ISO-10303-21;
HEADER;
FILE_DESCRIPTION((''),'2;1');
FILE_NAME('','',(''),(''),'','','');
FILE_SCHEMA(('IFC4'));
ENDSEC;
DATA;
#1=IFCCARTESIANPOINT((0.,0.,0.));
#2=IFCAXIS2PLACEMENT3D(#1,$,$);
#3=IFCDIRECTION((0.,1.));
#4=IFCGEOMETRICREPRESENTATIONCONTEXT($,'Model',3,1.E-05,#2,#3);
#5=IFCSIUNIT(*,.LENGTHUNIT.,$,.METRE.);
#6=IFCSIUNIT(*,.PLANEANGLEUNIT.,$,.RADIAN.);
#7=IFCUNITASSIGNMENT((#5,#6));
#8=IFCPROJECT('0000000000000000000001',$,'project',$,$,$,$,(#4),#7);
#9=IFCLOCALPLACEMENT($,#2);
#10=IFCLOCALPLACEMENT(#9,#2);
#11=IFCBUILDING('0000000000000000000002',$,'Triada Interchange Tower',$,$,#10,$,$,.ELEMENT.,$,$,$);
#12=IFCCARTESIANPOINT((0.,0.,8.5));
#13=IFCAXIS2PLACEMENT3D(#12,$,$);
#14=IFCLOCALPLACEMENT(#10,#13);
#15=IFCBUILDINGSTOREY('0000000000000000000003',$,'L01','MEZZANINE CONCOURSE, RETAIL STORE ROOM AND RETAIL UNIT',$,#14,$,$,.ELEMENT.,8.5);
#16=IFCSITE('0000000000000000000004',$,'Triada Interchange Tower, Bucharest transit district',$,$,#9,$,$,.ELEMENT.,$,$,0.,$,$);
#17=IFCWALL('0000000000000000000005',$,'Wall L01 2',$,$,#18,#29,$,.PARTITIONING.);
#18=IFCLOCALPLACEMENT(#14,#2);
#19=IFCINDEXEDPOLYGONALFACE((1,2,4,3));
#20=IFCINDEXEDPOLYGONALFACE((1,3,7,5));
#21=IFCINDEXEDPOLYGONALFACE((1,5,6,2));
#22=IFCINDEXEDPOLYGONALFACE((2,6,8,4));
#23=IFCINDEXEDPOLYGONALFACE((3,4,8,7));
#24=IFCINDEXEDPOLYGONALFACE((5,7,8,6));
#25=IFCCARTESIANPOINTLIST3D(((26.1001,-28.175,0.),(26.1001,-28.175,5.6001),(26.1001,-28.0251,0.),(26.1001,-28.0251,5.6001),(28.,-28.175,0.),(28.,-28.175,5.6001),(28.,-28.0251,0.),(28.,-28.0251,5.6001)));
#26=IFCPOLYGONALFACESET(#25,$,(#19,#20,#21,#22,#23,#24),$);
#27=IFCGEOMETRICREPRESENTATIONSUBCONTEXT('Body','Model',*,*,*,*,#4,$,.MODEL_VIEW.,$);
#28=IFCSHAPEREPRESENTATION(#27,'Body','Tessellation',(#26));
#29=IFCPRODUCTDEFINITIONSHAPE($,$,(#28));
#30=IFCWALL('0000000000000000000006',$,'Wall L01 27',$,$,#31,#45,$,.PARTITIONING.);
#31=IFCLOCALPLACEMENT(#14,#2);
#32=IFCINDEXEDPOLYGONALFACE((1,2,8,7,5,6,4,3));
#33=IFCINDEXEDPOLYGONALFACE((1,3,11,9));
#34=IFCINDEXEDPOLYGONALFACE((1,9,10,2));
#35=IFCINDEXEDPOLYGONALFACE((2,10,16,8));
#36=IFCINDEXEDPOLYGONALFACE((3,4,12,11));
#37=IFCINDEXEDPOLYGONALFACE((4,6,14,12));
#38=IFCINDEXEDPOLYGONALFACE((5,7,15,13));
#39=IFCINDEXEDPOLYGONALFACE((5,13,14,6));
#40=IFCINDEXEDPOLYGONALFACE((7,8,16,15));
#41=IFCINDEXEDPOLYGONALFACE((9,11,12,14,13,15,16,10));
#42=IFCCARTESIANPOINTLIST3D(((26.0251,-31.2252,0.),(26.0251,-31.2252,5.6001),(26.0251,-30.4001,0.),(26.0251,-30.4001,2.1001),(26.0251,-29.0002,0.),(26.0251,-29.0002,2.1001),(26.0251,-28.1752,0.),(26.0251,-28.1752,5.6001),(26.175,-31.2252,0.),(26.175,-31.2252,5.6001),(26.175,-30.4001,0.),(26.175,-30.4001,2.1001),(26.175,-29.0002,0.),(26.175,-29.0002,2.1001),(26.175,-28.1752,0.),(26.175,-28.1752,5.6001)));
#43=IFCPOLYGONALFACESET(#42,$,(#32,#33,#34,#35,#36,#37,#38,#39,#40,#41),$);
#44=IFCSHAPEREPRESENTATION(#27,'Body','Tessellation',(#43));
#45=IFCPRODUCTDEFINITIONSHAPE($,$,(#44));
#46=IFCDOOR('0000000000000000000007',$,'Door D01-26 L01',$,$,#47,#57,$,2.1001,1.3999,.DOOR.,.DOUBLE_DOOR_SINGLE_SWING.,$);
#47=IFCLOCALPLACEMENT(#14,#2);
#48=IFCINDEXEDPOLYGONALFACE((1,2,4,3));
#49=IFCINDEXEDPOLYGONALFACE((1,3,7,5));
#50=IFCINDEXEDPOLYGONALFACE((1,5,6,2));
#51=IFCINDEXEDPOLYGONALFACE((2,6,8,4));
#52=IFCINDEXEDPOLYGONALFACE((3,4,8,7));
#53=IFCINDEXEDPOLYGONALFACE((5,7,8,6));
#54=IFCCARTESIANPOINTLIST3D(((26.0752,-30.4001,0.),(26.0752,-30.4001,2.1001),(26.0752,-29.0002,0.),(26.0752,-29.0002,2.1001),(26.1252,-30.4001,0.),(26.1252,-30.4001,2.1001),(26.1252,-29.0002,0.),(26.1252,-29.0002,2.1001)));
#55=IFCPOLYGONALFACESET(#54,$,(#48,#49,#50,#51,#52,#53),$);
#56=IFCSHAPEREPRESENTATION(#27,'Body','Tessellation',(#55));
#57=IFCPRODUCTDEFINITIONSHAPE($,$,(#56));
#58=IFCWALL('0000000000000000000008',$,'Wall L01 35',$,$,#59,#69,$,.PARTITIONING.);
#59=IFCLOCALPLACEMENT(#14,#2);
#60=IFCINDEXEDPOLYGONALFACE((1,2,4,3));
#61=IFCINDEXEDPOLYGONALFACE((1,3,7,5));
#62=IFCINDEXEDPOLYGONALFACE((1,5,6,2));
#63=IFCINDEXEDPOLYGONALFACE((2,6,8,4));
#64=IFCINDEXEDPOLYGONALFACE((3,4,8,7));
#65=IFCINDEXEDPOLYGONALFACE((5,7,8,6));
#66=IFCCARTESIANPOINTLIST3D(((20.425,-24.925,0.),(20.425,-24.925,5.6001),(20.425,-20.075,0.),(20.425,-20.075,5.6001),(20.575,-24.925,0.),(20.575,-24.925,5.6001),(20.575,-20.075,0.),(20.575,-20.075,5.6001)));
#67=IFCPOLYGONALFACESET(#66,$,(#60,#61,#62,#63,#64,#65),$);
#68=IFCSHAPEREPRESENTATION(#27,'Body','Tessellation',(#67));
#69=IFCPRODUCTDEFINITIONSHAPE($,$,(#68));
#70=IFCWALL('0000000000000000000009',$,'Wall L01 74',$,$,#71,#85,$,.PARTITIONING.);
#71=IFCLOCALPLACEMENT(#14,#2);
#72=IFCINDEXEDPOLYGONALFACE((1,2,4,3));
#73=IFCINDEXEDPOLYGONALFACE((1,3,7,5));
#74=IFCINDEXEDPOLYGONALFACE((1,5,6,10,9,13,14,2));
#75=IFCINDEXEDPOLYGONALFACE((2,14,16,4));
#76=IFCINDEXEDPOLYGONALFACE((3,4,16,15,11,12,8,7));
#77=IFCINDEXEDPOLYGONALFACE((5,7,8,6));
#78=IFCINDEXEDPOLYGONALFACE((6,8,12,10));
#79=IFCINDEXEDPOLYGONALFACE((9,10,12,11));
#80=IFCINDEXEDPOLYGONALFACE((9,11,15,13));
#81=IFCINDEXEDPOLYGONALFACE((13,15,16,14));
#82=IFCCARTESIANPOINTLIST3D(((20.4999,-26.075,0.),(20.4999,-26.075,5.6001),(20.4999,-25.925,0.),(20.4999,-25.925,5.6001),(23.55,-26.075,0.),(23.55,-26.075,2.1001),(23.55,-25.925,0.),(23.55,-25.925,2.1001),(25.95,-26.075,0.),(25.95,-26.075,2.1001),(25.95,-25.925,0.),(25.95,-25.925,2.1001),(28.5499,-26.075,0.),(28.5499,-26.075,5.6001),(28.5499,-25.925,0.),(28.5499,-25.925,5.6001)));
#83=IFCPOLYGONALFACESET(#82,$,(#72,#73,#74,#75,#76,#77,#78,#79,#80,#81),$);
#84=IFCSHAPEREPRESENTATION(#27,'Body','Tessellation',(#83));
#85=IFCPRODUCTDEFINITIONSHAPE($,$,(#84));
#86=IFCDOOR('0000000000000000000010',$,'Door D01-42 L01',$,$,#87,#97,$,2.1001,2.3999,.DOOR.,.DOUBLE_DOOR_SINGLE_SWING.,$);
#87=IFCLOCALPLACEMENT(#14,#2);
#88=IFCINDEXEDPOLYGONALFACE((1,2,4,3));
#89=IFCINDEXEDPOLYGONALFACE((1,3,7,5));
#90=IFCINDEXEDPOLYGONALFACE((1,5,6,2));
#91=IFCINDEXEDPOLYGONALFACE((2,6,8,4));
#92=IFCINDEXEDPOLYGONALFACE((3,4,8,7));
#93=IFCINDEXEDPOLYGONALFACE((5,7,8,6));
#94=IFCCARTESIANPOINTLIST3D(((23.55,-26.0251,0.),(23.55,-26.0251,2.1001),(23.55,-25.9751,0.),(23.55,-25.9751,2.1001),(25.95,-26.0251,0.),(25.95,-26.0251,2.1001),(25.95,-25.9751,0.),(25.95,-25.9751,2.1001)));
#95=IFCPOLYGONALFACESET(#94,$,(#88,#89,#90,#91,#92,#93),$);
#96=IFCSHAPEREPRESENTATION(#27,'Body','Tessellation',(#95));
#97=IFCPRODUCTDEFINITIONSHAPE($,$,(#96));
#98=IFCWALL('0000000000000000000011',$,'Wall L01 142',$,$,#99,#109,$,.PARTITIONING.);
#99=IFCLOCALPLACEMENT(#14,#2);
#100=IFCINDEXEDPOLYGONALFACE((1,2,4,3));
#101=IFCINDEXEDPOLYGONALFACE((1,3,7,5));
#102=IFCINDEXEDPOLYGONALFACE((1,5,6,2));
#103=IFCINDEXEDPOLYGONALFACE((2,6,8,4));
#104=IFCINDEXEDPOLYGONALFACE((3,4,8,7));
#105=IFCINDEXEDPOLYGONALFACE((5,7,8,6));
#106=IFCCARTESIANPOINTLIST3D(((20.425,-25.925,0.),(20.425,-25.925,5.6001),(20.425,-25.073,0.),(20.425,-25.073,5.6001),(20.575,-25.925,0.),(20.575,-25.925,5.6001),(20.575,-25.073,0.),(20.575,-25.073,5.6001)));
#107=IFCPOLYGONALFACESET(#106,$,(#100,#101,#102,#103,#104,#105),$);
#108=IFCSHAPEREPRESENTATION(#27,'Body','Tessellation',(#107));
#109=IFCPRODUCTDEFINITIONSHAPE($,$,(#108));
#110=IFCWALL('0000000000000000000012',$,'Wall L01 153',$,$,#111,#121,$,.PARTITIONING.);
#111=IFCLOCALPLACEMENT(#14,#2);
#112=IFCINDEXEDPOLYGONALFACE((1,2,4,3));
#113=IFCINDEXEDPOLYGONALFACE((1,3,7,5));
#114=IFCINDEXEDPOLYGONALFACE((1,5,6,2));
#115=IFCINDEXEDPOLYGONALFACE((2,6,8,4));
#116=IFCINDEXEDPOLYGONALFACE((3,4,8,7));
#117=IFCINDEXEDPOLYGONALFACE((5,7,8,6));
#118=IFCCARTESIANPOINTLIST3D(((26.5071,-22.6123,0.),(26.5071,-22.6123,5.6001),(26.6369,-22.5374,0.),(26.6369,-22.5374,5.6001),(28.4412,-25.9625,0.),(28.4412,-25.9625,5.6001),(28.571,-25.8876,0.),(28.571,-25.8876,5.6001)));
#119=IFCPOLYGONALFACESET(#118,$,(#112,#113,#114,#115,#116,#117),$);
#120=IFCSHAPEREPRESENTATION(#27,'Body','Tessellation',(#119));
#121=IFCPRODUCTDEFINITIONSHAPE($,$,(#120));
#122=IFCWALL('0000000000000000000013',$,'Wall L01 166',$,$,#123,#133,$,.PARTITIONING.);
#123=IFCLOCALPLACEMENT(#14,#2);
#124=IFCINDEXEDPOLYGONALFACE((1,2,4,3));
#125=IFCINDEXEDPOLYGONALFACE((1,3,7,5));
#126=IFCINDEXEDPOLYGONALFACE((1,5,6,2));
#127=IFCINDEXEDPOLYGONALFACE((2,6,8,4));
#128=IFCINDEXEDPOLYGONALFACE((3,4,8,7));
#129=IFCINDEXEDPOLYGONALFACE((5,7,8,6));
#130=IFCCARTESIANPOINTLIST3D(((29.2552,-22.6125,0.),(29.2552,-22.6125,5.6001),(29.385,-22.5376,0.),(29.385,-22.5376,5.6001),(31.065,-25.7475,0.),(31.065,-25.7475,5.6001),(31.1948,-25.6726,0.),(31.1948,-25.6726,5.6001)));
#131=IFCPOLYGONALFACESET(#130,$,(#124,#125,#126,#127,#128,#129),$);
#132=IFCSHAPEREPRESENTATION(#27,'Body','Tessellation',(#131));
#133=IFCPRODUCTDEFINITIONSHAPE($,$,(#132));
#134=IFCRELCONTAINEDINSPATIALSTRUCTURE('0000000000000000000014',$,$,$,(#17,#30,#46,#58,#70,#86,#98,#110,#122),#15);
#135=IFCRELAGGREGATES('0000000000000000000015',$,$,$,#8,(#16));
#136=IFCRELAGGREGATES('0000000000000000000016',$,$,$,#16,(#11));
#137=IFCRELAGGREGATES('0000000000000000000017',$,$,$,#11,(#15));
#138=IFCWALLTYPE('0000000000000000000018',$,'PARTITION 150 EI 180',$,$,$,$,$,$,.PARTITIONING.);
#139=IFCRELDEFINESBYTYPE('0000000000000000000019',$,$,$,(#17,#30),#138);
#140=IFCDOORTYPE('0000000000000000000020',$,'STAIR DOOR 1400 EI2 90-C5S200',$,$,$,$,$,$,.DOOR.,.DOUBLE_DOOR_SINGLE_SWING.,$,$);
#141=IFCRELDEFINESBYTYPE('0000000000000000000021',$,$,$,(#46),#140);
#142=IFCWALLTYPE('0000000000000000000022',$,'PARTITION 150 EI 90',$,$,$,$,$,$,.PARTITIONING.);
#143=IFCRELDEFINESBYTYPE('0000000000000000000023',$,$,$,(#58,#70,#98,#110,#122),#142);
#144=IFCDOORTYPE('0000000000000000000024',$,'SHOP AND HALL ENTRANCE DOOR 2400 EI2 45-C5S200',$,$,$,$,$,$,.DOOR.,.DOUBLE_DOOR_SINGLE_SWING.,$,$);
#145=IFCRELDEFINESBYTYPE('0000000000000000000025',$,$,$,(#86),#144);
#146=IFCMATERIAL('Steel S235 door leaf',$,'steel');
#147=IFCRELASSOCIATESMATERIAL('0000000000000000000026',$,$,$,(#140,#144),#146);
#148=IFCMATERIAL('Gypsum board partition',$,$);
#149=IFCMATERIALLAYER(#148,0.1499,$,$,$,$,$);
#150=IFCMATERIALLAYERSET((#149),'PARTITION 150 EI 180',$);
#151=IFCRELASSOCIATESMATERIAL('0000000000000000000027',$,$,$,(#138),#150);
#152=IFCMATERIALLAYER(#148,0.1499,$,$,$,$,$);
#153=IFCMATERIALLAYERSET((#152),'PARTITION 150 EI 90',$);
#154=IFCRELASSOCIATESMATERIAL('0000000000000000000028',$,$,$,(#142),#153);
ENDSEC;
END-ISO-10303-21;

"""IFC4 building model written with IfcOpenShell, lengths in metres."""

from ifc_helpers import new_model, si_unit, direction, frame, frame_2d, origin, place, context, subcontext, project, spatial, rectangle, extrude, material, layer, layer_set, type_object, element, fill, save


model = new_model("IFC4")

# Units and contexts
model_context = context("Model", 3, precision=1e-05, world=origin(), true_north=direction((0.0, 1.0)))
body_context = subcontext(model_context, "Body", "Model", "MODEL_VIEW")
ifc_project = project(units=[si_unit("LENGTHUNIT", "METRE"), si_unit("PLANEANGLEUNIT", "RADIAN")], contexts=[model_context])

# Site, building, storey
site_placement = place(None, origin())
site = spatial("IfcSite", under=ifc_project, at=site_placement, Name="Triada Interchange Tower, Bucharest transit district", CompositionType="ELEMENT", RefElevation=0.0)
building_placement = place(site_placement, origin())
building = spatial("IfcBuilding", under=site, at=building_placement, Name="Triada Interchange Tower", CompositionType="ELEMENT")
storey_placement = place(building_placement, frame((0.0, 0.0, 8.5)))
storey = spatial("IfcBuildingStorey", under=building, at=storey_placement, Name="L01", Description="MEZZANINE CONCOURSE, RETAIL STORE ROOM AND RETAIL UNIT", CompositionType="ELEMENT", Elevation=8.5)

# Shared definitions
ifc_material_1 = material(Name="Steel S235 door leaf", Category="steel")
door_type_1 = type_object("IfcDoorType", Name="STAIR DOOR 1400 EI2 90-C5S200", OperationType="DOUBLE_DOOR_SINGLE_SWING", PredefinedType="DOOR", material=ifc_material_1)

# Wall
ifc_material_2 = material(Name="Gypsum board partition")
ifc_layer_1 = layer(ifc_material_2, 0.1499)
ifc_layer_set_1 = layer_set([ifc_layer_1], Name="PARTITION 150 EI 180")
wall_type_1 = type_object("IfcWallType", Name="PARTITION 150 EI 180", PredefinedType="PARTITIONING", material=ifc_layer_set_1)
wall_1_placement = place(storey_placement, frame((26.1001, -28.1001, 0.0), z_axis=(0.0, 0.0, 1.0), x_axis=(1.0, 0.0, 0.0)))
element("IfcWall", 1, at=wall_1_placement, inside=storey, type_object=wall_type_1, Name="Wall L01 2", PredefinedType="PARTITIONING", context=body_context, shape_type="SweptSolid", body=[
    extrude(rectangle(XDim=1.8999, YDim=0.1499, at=frame_2d((0.95, 0.0))), origin(), (0.0, 0.0, 1.0), 5.6001),
])

# Wall, opening, door
wall_2_placement = place(storey_placement, frame((26.1001, -31.2251, 0.0), z_axis=(0.0, 0.0, 1.0), x_axis=(0.0, 1.0, 0.0)))
wall_2 = element("IfcWall", 2, at=wall_2_placement, inside=storey, type_object=wall_type_1, Name="Wall L01 27", PredefinedType="PARTITIONING", context=body_context, shape_type="SweptSolid", body=[
    extrude(rectangle(XDim=3.05, YDim=0.1499, at=frame_2d((1.5249, 0.0))), origin(), (0.0, 0.0, 1.0), 5.6001),
])
opening_1_placement = place(wall_2_placement, frame((0.825, 0.0, 0.0)))
opening_1 = element("IfcOpeningElement", 3, at=opening_1_placement, cuts=wall_2, PredefinedType="OPENING", context=body_context, shape_type="SweptSolid", body=[
    extrude(rectangle(XDim=1.3999, YDim=2.1001, at=frame_2d((0.7, 1.05))), frame((0.0, 0.085, 0.0), z_axis=(0.0, -1.0, 0.0), x_axis=(1.0, 0.0, 0.0)), (0.0, 0.0, 1.0), 0.1699),
])
door_1_placement = place(opening_1_placement, origin())
door_1 = element("IfcDoor", 4, at=door_1_placement, inside=storey, type_object=door_type_1, Name="Door D01-26 L01", OperationType="DOUBLE_DOOR_SINGLE_SWING", OverallHeight=2.1001, OverallWidth=1.3999, PredefinedType="DOOR", context=body_context, shape_type="SweptSolid", body=[
    extrude(rectangle(XDim=1.3999, YDim=2.1001, at=frame_2d((0.7, 1.05))), frame((0.0, 0.0249, 0.0), z_axis=(0.0, -1.0, 0.0), x_axis=(1.0, 0.0, 0.0)), (0.0, 0.0, 1.0), 0.05),
])
fill(opening_1, door_1)

# Wall
ifc_layer_2 = layer(ifc_material_2, 0.1499)
ifc_layer_set_2 = layer_set([ifc_layer_2], Name="PARTITION 150 EI 90")
wall_type_2 = type_object("IfcWallType", Name="PARTITION 150 EI 90", PredefinedType="PARTITIONING", material=ifc_layer_set_2)
wall_3_placement = place(storey_placement, frame((20.5, -24.925, 0.0), z_axis=(0.0, 0.0, 1.0), x_axis=(0.0, 1.0, 0.0)))
element("IfcWall", 5, at=wall_3_placement, inside=storey, type_object=wall_type_2, Name="Wall L01 35", PredefinedType="PARTITIONING", context=body_context, shape_type="SweptSolid", body=[
    extrude(rectangle(XDim=4.8501, YDim=0.1499, at=frame_2d((2.425, 0.0))), origin(), (0.0, 0.0, 1.0), 5.6001),
])

# Wall, opening, door
wall_4_placement = place(storey_placement, frame((20.5, -26.0, 0.0), z_axis=(0.0, 0.0, 1.0), x_axis=(1.0, 0.0, 0.0)))
wall_4 = element("IfcWall", 6, at=wall_4_placement, inside=storey, type_object=wall_type_2, Name="Wall L01 74", PredefinedType="PARTITIONING", context=body_context, shape_type="SweptSolid", body=[
    extrude(rectangle(XDim=8.05, YDim=0.1499, at=frame_2d((4.0249, 0.0))), origin(), (0.0, 0.0, 1.0), 5.6001),
])
opening_2_placement = place(wall_4_placement, frame((3.05, 0.0, 0.0)))
opening_2 = element("IfcOpeningElement", 7, at=opening_2_placement, cuts=wall_4, PredefinedType="OPENING", context=body_context, shape_type="SweptSolid", body=[
    extrude(rectangle(XDim=2.3999, YDim=2.1001, at=frame_2d((1.2, 1.05))), frame((0.0, 0.085, 0.0), z_axis=(0.0, -1.0, 0.0), x_axis=(1.0, 0.0, 0.0)), (0.0, 0.0, 1.0), 0.1699),
])
door_type_2 = type_object("IfcDoorType", Name="SHOP AND HALL ENTRANCE DOOR 2400 EI2 45-C5S200", OperationType="DOUBLE_DOOR_SINGLE_SWING", PredefinedType="DOOR", material=ifc_material_1)
door_2_placement = place(opening_2_placement, origin())
door_2 = element("IfcDoor", 8, at=door_2_placement, inside=storey, type_object=door_type_2, Name="Door D01-42 L01", OperationType="DOUBLE_DOOR_SINGLE_SWING", OverallHeight=2.1001, OverallWidth=2.3999, PredefinedType="DOOR", context=body_context, shape_type="SweptSolid", body=[
    extrude(rectangle(XDim=2.3999, YDim=2.1001, at=frame_2d((1.2, 1.05))), frame((0.0, 0.0249, 0.0), z_axis=(0.0, -1.0, 0.0), x_axis=(1.0, 0.0, 0.0)), (0.0, 0.0, 1.0), 0.05),
])
fill(opening_2, door_2)

# Walls
wall_5_placement = place(storey_placement, frame((20.5, -25.925, 0.0), z_axis=(0.0, 0.0, 1.0), x_axis=(0.0, 1.0, 0.0)))
element("IfcWall", 9, at=wall_5_placement, inside=storey, type_object=wall_type_2, Name="Wall L01 142", PredefinedType="PARTITIONING", context=body_context, shape_type="SweptSolid", body=[
    extrude(rectangle(XDim=0.8521, YDim=0.1499, at=frame_2d((0.426, 0.0))), origin(), (0.0, 0.0, 1.0), 5.6001),
])
wall_6_placement = place(storey_placement, frame((26.572, -22.575, 0.0), z_axis=(0.0, 0.0, 1.0), x_axis=(0.499981, -0.866036, 0.0)))
element("IfcWall", 10, at=wall_6_placement, inside=storey, type_object=wall_type_2, Name="Wall L01 153", PredefinedType="PARTITIONING", context=body_context, shape_type="SweptSolid", body=[
    extrude(rectangle(XDim=3.8684, YDim=0.1499, at=frame_2d((1.9341, 0.0))), origin(), (0.0, 0.0, 1.0), 5.6001),
])
wall_7_placement = place(storey_placement, frame((29.3201, -22.575, 0.0), z_axis=(0.0, 0.0, 1.0), x_axis=(0.499962, -0.866047, 0.0)))
element("IfcWall", 11, at=wall_7_placement, inside=storey, type_object=wall_type_2, Name="Wall L01 166", PredefinedType="PARTITIONING", context=body_context, shape_type="SweptSolid", body=[
    extrude(rectangle(XDim=3.6199, YDim=0.1499, at=frame_2d((1.8101, 0.0))), origin(), (0.0, 0.0, 1.0), 5.6001),
])

save(model, "model.ifc")
